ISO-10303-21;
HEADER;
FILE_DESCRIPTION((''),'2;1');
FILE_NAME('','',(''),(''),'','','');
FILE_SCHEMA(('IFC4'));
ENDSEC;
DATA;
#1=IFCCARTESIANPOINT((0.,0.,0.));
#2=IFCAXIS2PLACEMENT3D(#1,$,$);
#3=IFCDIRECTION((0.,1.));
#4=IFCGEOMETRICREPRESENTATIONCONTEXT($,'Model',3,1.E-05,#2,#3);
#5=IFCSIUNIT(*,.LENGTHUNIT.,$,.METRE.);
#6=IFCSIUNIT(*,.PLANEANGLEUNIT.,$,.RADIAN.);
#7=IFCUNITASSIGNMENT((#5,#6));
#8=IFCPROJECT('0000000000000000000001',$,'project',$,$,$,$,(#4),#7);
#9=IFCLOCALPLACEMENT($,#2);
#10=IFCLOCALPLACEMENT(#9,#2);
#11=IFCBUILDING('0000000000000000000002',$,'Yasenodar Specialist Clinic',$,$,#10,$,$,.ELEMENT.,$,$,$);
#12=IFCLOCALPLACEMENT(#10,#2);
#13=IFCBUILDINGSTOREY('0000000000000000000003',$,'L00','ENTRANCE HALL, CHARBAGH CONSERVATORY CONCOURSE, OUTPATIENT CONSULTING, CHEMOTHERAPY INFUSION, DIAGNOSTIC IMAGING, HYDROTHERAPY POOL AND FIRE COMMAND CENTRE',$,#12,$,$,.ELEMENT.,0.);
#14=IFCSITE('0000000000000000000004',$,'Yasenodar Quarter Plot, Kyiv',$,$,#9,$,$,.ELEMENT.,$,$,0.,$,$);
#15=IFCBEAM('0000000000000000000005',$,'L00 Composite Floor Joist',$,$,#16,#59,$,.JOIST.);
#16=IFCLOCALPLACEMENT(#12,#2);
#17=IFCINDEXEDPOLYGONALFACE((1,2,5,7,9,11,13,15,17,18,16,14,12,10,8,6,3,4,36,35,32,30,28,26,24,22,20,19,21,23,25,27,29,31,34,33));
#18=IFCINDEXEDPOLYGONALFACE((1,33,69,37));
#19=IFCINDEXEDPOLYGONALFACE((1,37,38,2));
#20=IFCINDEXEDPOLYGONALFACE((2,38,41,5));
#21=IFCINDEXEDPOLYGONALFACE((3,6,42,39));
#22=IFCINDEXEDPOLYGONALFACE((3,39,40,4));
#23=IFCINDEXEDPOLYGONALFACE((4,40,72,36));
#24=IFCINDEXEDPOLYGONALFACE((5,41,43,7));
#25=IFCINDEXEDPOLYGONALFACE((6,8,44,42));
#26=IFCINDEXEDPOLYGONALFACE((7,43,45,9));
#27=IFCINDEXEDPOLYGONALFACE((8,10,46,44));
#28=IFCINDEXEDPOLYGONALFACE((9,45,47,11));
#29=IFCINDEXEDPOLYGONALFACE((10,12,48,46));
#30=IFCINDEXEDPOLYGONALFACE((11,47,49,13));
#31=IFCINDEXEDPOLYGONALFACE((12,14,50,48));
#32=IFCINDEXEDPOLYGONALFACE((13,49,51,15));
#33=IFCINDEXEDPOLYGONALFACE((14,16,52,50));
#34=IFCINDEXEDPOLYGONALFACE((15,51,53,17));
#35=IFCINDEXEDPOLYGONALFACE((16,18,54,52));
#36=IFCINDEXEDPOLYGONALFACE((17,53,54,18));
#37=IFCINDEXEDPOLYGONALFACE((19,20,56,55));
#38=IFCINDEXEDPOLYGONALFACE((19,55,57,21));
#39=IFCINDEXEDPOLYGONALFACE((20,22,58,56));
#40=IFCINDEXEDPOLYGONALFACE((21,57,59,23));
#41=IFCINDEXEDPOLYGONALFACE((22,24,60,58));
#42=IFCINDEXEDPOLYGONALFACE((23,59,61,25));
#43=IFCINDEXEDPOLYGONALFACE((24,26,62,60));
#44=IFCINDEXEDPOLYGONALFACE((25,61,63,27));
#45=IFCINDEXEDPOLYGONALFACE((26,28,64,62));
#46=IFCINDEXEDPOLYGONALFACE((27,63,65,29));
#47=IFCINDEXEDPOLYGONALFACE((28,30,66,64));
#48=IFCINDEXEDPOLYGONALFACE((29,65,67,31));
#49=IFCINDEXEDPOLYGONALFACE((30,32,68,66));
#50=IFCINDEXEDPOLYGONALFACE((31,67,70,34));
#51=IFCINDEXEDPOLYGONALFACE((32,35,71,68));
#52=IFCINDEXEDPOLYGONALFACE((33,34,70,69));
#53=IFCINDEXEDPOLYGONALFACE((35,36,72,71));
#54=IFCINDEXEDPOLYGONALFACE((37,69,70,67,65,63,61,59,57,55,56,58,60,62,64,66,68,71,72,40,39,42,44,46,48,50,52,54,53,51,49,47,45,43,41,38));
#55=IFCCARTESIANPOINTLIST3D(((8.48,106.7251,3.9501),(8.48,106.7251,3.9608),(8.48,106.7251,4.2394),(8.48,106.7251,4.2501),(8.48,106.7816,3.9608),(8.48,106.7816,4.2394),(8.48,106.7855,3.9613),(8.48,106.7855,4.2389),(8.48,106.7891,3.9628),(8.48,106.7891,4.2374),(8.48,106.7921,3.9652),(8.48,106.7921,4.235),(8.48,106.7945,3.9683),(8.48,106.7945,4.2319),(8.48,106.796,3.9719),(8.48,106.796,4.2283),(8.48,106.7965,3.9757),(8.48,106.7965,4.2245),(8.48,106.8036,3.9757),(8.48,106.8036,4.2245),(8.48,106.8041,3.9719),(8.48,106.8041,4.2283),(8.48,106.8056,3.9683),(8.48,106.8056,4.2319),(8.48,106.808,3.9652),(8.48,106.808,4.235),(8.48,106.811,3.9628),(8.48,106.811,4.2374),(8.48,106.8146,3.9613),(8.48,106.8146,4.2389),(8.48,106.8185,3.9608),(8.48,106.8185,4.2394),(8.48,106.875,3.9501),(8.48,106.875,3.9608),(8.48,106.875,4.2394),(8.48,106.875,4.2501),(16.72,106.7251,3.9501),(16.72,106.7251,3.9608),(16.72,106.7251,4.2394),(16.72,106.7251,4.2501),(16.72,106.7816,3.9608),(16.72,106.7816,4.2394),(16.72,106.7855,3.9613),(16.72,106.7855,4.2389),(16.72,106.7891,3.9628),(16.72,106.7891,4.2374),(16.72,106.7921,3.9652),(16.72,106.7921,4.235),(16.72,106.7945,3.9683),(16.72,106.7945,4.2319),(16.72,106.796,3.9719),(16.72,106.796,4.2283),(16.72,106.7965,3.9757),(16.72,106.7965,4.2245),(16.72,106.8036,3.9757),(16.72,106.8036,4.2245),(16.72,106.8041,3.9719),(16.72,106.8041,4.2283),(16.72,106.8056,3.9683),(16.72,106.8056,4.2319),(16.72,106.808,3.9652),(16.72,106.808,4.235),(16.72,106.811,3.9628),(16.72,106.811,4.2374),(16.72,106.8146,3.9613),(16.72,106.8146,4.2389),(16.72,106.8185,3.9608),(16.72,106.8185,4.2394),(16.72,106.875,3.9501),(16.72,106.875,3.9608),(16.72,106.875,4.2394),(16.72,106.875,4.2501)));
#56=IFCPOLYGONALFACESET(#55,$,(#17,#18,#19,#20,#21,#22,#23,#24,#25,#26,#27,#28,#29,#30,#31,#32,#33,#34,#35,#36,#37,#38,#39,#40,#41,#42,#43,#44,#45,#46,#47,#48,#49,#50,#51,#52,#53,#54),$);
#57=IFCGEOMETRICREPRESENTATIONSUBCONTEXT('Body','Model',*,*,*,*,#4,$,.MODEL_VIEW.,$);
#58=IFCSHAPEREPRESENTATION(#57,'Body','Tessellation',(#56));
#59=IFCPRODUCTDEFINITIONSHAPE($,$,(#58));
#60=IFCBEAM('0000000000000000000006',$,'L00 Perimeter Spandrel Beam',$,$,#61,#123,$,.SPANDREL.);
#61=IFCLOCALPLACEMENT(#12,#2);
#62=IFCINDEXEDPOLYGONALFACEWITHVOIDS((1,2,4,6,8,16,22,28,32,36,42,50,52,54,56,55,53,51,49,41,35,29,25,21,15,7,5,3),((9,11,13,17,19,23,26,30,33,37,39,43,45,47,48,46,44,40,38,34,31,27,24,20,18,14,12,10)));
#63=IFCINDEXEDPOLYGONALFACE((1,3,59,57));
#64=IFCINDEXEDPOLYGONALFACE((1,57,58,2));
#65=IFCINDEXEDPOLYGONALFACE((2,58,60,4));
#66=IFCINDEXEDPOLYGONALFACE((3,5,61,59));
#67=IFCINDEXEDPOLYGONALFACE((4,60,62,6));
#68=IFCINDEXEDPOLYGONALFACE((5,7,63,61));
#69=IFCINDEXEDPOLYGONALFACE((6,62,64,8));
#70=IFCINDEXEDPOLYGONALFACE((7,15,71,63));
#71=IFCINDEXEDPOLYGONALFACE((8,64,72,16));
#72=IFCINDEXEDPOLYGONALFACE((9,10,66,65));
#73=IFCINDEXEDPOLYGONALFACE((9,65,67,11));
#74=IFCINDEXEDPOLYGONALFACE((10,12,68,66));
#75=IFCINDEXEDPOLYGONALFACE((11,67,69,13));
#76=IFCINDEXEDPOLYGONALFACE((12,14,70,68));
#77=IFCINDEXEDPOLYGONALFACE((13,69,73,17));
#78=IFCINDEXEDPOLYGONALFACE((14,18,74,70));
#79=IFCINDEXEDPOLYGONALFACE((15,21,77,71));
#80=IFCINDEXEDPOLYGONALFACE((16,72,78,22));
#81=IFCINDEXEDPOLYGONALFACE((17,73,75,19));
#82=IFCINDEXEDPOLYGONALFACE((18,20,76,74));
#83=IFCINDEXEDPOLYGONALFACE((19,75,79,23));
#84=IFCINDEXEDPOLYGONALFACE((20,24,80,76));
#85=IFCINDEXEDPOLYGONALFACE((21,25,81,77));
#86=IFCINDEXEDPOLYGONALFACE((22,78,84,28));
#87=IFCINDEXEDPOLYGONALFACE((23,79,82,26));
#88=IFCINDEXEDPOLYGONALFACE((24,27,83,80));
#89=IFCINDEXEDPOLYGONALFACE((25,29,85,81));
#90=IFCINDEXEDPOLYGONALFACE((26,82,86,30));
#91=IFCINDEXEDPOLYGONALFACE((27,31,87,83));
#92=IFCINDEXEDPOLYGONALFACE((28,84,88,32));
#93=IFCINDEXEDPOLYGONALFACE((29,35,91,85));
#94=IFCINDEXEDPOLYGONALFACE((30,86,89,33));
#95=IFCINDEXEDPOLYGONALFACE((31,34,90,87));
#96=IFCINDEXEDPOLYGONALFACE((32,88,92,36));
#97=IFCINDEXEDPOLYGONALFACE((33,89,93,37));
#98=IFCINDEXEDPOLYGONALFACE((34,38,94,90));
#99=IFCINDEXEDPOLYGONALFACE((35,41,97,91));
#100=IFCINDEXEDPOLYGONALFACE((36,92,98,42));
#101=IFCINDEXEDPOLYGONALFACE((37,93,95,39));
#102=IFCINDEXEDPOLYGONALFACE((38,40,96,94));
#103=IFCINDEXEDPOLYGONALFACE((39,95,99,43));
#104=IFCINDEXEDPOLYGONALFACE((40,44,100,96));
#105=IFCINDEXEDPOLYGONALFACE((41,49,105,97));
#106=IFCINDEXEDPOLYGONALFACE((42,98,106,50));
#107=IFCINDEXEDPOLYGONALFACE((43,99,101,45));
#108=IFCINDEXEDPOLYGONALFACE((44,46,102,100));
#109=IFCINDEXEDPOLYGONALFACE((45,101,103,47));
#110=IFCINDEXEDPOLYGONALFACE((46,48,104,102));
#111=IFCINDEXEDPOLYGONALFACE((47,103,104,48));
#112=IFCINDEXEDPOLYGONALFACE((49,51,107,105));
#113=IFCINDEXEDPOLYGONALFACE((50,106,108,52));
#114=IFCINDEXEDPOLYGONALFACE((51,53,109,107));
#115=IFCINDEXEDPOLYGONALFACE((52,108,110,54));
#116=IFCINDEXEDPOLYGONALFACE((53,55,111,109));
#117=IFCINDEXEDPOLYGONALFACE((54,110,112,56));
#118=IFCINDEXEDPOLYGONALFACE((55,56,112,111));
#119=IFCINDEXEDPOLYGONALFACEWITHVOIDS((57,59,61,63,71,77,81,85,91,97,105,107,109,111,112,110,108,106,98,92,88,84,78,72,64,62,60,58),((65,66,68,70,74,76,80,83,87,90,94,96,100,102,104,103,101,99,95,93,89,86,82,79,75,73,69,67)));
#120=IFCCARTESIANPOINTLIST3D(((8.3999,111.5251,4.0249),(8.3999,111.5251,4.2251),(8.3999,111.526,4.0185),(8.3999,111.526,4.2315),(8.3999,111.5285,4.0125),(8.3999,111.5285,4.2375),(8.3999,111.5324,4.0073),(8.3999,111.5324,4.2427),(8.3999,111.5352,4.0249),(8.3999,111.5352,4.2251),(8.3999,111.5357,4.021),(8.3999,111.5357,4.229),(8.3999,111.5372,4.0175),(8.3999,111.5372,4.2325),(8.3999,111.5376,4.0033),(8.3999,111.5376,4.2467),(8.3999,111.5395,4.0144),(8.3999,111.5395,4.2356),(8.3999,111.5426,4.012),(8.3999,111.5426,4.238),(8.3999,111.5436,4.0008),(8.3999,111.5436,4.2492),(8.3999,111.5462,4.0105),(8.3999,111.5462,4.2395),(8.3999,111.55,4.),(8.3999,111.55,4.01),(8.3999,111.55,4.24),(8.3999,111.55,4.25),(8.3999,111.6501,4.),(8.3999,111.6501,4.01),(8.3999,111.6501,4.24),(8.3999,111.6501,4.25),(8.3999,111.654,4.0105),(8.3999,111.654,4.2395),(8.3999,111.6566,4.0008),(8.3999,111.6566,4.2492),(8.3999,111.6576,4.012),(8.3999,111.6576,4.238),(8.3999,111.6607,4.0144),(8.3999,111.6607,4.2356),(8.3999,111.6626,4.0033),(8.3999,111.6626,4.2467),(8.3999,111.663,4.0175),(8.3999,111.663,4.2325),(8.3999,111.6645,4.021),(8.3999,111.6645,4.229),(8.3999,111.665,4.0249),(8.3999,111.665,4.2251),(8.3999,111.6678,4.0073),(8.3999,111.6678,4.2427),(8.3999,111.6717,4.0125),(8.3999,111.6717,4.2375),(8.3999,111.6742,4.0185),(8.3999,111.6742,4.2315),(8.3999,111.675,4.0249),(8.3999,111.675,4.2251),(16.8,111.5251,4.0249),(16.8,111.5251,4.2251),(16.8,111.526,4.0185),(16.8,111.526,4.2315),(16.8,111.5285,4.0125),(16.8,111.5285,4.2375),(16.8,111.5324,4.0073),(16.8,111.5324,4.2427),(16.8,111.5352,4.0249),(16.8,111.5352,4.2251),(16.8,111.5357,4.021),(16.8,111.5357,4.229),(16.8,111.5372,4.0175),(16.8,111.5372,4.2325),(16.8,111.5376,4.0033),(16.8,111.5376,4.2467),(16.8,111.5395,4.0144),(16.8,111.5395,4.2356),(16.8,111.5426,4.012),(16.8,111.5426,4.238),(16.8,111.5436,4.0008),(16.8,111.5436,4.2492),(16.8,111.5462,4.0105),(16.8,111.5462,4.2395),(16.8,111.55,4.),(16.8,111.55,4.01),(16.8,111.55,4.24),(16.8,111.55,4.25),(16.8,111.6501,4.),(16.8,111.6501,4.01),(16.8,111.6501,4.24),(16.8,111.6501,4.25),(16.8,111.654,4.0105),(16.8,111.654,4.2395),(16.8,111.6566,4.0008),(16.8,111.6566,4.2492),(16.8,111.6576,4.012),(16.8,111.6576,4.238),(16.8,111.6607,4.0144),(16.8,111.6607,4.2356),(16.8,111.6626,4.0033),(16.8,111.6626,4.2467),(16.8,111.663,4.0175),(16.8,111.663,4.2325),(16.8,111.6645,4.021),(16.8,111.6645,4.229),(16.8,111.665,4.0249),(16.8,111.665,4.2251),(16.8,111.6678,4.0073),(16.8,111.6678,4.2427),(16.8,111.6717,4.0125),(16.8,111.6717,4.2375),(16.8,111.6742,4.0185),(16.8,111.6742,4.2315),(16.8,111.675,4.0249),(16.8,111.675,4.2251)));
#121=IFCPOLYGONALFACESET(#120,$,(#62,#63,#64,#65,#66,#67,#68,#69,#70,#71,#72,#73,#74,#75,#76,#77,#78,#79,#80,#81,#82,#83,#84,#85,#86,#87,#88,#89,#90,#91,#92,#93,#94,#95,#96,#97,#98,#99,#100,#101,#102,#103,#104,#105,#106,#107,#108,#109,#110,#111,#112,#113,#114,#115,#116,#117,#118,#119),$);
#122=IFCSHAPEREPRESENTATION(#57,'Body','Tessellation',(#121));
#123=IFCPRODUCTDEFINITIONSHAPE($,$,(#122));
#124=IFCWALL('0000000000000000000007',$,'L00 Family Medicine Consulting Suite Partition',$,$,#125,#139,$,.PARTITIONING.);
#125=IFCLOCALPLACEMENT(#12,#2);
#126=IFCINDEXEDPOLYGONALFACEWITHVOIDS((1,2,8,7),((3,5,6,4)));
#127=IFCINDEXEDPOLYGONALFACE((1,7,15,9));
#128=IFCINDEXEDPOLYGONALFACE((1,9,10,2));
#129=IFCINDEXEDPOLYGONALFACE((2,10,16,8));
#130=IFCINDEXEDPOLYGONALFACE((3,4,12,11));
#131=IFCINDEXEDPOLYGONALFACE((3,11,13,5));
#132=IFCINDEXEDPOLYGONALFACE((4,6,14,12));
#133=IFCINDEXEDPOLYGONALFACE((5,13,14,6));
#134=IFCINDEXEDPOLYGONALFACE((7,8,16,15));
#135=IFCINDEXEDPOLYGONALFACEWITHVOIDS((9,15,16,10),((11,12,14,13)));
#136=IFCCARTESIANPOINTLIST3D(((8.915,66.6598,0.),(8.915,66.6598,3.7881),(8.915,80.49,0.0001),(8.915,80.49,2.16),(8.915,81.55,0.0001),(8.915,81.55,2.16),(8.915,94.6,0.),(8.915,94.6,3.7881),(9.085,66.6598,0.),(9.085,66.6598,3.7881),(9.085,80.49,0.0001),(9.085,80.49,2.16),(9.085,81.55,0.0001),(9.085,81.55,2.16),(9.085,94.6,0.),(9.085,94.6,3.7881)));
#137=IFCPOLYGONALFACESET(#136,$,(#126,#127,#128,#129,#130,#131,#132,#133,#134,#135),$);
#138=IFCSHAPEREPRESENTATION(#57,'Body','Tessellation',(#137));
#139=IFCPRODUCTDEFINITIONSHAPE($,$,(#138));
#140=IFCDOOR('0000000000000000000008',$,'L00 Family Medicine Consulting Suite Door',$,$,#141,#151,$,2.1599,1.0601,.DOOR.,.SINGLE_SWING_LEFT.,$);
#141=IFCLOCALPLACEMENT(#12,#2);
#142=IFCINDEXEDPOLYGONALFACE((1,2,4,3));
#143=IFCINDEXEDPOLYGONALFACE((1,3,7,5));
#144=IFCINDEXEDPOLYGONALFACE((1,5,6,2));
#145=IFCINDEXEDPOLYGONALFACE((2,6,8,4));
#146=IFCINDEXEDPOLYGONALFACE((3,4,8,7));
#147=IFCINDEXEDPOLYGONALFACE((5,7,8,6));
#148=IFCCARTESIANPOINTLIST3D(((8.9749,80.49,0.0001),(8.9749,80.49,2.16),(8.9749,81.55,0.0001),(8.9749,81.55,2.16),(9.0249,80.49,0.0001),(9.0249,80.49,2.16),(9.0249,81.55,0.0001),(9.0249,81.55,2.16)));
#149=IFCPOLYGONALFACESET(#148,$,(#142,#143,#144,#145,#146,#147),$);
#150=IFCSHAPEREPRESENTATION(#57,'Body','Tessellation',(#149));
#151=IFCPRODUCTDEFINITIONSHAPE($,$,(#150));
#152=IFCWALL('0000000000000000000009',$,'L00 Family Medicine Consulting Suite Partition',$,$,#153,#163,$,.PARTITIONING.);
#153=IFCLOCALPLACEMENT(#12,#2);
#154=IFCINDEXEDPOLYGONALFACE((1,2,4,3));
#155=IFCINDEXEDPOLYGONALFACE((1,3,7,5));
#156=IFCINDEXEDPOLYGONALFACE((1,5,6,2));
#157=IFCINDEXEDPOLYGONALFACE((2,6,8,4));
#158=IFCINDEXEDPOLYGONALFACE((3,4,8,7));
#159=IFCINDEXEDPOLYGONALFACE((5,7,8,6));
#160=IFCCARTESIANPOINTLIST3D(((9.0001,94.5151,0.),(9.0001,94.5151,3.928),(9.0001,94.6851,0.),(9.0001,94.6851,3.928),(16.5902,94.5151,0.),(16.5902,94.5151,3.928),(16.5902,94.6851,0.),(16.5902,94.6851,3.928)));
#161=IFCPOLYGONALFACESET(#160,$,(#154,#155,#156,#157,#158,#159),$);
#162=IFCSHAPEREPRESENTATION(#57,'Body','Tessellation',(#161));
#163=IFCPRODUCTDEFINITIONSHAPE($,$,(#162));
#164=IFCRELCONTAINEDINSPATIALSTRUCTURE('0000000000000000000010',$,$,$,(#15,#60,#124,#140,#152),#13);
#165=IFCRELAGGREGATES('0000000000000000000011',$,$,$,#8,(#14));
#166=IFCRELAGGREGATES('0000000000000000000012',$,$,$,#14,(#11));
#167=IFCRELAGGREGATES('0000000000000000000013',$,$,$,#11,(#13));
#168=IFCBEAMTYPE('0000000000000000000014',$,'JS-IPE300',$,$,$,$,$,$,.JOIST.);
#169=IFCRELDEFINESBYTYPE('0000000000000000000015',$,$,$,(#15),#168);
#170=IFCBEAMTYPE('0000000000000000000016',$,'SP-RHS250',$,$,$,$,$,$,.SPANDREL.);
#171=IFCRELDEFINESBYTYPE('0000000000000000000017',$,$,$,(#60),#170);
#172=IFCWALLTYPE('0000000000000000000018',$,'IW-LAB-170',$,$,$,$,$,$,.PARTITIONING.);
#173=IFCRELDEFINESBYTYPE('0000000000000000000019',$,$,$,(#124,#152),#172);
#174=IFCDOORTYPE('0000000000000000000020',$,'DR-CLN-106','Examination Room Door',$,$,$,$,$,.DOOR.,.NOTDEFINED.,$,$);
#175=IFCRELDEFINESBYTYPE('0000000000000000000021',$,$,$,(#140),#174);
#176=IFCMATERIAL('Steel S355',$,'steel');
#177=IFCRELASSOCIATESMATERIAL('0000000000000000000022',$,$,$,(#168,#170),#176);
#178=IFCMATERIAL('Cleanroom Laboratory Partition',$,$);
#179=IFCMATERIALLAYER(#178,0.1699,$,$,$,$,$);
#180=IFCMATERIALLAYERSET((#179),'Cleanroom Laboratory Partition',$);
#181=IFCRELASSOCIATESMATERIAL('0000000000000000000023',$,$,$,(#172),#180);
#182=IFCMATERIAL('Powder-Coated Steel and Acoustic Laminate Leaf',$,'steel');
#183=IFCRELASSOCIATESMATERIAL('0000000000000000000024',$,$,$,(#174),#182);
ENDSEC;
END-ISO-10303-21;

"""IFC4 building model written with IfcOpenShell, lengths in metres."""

from ifc_helpers import new_model, si_unit, direction, frame, frame_2d, origin, origin_2d, place, context, subcontext, project, spatial, rectangle, hollow_rectangle, i_section, extrude, material, layer, layer_set, material_profile, profile_set, type_object, element, fill, save


model = new_model("IFC4")

# Units and contexts
model_context = context("Model", 3, precision=1e-05, world=origin(), true_north=direction((0.0, 1.0)))
body_context = subcontext(model_context, "Body", "Model", "MODEL_VIEW")
ifc_project = project(units=[si_unit("LENGTHUNIT", "METRE"), si_unit("PLANEANGLEUNIT", "RADIAN")], contexts=[model_context])

# Site, building, storey
site_placement = place(None, origin())
site = spatial("IfcSite", under=ifc_project, at=site_placement, Name="Yasenodar Quarter Plot, Kyiv", CompositionType="ELEMENT", RefElevation=0.0)
building_placement = place(site_placement, origin())
building = spatial("IfcBuilding", under=site, at=building_placement, Name="Yasenodar Specialist Clinic", CompositionType="ELEMENT")
storey_placement = place(building_placement, origin())
storey = spatial("IfcBuildingStorey", under=building, at=storey_placement, Name="L00", Description="ENTRANCE HALL, CHARBAGH CONSERVATORY CONCOURSE, OUTPATIENT CONSULTING, CHEMOTHERAPY INFUSION, DIAGNOSTIC IMAGING, HYDROTHERAPY POOL AND FIRE COMMAND CENTRE", CompositionType="ELEMENT", Elevation=0.0)

# Shared definitions
ifc_material_1 = material(Name="Steel S355", Category="steel")

# Beams
ifc_material_profile_1 = material_profile(ifc_material_1, i_section(OverallWidth=0.1499, OverallDepth=0.3, WebThickness=0.0071, FlangeThickness=0.0107, FilletRadius=0.0149, at=origin_2d()), Name="IPE 300")
ifc_profile_set_1 = profile_set([ifc_material_profile_1], Name="Steel S355")
beam_type_1 = type_object("IfcBeamType", Name="JS-IPE300", PredefinedType="JOIST", material=ifc_profile_set_1)
for number, where, z_axis, x_axis, name in (
    (1, (8.48, 106.8, 4.1001), (1.0, 0.0, 0.0), (0.0, 1.0, 0.0), "L00 Composite Floor Joist"),
):
    element("IfcBeam", number, at=place(storey_placement, frame(where, z_axis=z_axis, x_axis=x_axis)), inside=storey, type_object=beam_type_1, Name=name, PredefinedType="JOIST", context=body_context, shape_type="SweptSolid", body=[
        extrude(i_section(OverallWidth=0.1499, OverallDepth=0.3, WebThickness=0.0071, FlangeThickness=0.0107, FilletRadius=0.0149, at=origin_2d()), origin(), (0.0, 0.0, 1.0), 8.24),
    ])
ifc_material_profile_2 = material_profile(ifc_material_1, hollow_rectangle(XDim=0.1499, YDim=0.25, WallThickness=0.01, InnerFilletRadius=0.0149, OuterFilletRadius=0.0249, at=origin_2d()), Name="RHS 250x150x10")
ifc_profile_set_2 = profile_set([ifc_material_profile_2], Name="Steel S355")
beam_type_2 = type_object("IfcBeamType", Name="SP-RHS250", PredefinedType="SPANDREL", material=ifc_profile_set_2)
beam_1_placement = place(storey_placement, frame((8.3999, 111.6001, 4.125), z_axis=(1.0, 0.0, 0.0), x_axis=(0.0, 1.0, 0.0)))
element("IfcBeam", 2, at=beam_1_placement, inside=storey, type_object=beam_type_2, Name="L00 Perimeter Spandrel Beam", PredefinedType="SPANDREL", context=body_context, shape_type="SweptSolid", body=[
    extrude(hollow_rectangle(XDim=0.1499, YDim=0.25, WallThickness=0.01, InnerFilletRadius=0.0149, OuterFilletRadius=0.0249, at=origin_2d()), origin(), (0.0, 0.0, 1.0), 8.4001),
])

# Wall, opening, door
ifc_material_2 = material(Name="Cleanroom Laboratory Partition")
ifc_layer_1 = layer(ifc_material_2, 0.1699)
ifc_layer_set_1 = layer_set([ifc_layer_1], Name="Cleanroom Laboratory Partition")
wall_type_1 = type_object("IfcWallType", Name="IW-LAB-170", PredefinedType="PARTITIONING", material=ifc_layer_set_1)
wall_1_placement = place(storey_placement, frame((9.0, 94.6001, 0.0), z_axis=(0.0, 0.0, 1.0), x_axis=(0.0, -1.0, 0.0)))
wall_1 = element("IfcWall", 3, at=wall_1_placement, inside=storey, type_object=wall_type_1, Name="L00 Family Medicine Consulting Suite Partition", PredefinedType="PARTITIONING", context=body_context, shape_type="SweptSolid", body=[
    extrude(rectangle(XDim=27.9402, YDim=0.1699, at=frame_2d((13.9702, 0.0))), origin(), (0.0, 0.0, 1.0), 3.7881),
])
opening_1_placement = place(wall_1_placement, frame((13.05, 0.0, 0.0)))
opening_1 = element("IfcOpeningElement", 4, at=opening_1_placement, cuts=wall_1, PredefinedType="OPENING", context=body_context, shape_type="SweptSolid", body=[
    extrude(rectangle(XDim=1.0601, YDim=2.1599, at=frame_2d((0.53, 1.0801))), frame((0.0, 0.095, 0.0), z_axis=(0.0, -1.0, 0.0), x_axis=(1.0, 0.0, 0.0)), (0.0, 0.0, 1.0), 0.1899),
])
ifc_material_3 = material(Name="Powder-Coated Steel and Acoustic Laminate Leaf", Category="steel")
door_type_1 = type_object("IfcDoorType", Name="DR-CLN-106", Description="Examination Room Door", OperationType="NOTDEFINED", PredefinedType="DOOR", material=ifc_material_3)
door_1_placement = place(opening_1_placement, origin())
door_1 = element("IfcDoor", 5, at=door_1_placement, inside=storey, type_object=door_type_1, Name="L00 Family Medicine Consulting Suite Door", OperationType="SINGLE_SWING_LEFT", OverallHeight=2.1599, OverallWidth=1.0601, PredefinedType="DOOR", context=body_context, shape_type="SweptSolid", body=[
    extrude(rectangle(XDim=1.0601, YDim=2.1599, at=frame_2d((0.53, 1.0801))), frame((0.0, 0.0249, 0.0), z_axis=(0.0, -1.0, 0.0), x_axis=(1.0, 0.0, 0.0)), (0.0, 0.0, 1.0), 0.05),
])
fill(opening_1, door_1)

# Wall
wall_2_placement = place(storey_placement, frame((16.5901, 94.6001, 0.0), z_axis=(0.0, 0.0, 1.0), x_axis=(-1.0, 0.0, 0.0)))
element("IfcWall", 6, at=wall_2_placement, inside=storey, type_object=wall_type_1, Name="L00 Family Medicine Consulting Suite Partition", PredefinedType="PARTITIONING", context=body_context, shape_type="SweptSolid", body=[
    extrude(rectangle(XDim=7.5901, YDim=0.1699, at=frame_2d((3.7949, 0.0))), origin(), (0.0, 0.0, 1.0), 3.928),
])

save(model, "model.ifc")
